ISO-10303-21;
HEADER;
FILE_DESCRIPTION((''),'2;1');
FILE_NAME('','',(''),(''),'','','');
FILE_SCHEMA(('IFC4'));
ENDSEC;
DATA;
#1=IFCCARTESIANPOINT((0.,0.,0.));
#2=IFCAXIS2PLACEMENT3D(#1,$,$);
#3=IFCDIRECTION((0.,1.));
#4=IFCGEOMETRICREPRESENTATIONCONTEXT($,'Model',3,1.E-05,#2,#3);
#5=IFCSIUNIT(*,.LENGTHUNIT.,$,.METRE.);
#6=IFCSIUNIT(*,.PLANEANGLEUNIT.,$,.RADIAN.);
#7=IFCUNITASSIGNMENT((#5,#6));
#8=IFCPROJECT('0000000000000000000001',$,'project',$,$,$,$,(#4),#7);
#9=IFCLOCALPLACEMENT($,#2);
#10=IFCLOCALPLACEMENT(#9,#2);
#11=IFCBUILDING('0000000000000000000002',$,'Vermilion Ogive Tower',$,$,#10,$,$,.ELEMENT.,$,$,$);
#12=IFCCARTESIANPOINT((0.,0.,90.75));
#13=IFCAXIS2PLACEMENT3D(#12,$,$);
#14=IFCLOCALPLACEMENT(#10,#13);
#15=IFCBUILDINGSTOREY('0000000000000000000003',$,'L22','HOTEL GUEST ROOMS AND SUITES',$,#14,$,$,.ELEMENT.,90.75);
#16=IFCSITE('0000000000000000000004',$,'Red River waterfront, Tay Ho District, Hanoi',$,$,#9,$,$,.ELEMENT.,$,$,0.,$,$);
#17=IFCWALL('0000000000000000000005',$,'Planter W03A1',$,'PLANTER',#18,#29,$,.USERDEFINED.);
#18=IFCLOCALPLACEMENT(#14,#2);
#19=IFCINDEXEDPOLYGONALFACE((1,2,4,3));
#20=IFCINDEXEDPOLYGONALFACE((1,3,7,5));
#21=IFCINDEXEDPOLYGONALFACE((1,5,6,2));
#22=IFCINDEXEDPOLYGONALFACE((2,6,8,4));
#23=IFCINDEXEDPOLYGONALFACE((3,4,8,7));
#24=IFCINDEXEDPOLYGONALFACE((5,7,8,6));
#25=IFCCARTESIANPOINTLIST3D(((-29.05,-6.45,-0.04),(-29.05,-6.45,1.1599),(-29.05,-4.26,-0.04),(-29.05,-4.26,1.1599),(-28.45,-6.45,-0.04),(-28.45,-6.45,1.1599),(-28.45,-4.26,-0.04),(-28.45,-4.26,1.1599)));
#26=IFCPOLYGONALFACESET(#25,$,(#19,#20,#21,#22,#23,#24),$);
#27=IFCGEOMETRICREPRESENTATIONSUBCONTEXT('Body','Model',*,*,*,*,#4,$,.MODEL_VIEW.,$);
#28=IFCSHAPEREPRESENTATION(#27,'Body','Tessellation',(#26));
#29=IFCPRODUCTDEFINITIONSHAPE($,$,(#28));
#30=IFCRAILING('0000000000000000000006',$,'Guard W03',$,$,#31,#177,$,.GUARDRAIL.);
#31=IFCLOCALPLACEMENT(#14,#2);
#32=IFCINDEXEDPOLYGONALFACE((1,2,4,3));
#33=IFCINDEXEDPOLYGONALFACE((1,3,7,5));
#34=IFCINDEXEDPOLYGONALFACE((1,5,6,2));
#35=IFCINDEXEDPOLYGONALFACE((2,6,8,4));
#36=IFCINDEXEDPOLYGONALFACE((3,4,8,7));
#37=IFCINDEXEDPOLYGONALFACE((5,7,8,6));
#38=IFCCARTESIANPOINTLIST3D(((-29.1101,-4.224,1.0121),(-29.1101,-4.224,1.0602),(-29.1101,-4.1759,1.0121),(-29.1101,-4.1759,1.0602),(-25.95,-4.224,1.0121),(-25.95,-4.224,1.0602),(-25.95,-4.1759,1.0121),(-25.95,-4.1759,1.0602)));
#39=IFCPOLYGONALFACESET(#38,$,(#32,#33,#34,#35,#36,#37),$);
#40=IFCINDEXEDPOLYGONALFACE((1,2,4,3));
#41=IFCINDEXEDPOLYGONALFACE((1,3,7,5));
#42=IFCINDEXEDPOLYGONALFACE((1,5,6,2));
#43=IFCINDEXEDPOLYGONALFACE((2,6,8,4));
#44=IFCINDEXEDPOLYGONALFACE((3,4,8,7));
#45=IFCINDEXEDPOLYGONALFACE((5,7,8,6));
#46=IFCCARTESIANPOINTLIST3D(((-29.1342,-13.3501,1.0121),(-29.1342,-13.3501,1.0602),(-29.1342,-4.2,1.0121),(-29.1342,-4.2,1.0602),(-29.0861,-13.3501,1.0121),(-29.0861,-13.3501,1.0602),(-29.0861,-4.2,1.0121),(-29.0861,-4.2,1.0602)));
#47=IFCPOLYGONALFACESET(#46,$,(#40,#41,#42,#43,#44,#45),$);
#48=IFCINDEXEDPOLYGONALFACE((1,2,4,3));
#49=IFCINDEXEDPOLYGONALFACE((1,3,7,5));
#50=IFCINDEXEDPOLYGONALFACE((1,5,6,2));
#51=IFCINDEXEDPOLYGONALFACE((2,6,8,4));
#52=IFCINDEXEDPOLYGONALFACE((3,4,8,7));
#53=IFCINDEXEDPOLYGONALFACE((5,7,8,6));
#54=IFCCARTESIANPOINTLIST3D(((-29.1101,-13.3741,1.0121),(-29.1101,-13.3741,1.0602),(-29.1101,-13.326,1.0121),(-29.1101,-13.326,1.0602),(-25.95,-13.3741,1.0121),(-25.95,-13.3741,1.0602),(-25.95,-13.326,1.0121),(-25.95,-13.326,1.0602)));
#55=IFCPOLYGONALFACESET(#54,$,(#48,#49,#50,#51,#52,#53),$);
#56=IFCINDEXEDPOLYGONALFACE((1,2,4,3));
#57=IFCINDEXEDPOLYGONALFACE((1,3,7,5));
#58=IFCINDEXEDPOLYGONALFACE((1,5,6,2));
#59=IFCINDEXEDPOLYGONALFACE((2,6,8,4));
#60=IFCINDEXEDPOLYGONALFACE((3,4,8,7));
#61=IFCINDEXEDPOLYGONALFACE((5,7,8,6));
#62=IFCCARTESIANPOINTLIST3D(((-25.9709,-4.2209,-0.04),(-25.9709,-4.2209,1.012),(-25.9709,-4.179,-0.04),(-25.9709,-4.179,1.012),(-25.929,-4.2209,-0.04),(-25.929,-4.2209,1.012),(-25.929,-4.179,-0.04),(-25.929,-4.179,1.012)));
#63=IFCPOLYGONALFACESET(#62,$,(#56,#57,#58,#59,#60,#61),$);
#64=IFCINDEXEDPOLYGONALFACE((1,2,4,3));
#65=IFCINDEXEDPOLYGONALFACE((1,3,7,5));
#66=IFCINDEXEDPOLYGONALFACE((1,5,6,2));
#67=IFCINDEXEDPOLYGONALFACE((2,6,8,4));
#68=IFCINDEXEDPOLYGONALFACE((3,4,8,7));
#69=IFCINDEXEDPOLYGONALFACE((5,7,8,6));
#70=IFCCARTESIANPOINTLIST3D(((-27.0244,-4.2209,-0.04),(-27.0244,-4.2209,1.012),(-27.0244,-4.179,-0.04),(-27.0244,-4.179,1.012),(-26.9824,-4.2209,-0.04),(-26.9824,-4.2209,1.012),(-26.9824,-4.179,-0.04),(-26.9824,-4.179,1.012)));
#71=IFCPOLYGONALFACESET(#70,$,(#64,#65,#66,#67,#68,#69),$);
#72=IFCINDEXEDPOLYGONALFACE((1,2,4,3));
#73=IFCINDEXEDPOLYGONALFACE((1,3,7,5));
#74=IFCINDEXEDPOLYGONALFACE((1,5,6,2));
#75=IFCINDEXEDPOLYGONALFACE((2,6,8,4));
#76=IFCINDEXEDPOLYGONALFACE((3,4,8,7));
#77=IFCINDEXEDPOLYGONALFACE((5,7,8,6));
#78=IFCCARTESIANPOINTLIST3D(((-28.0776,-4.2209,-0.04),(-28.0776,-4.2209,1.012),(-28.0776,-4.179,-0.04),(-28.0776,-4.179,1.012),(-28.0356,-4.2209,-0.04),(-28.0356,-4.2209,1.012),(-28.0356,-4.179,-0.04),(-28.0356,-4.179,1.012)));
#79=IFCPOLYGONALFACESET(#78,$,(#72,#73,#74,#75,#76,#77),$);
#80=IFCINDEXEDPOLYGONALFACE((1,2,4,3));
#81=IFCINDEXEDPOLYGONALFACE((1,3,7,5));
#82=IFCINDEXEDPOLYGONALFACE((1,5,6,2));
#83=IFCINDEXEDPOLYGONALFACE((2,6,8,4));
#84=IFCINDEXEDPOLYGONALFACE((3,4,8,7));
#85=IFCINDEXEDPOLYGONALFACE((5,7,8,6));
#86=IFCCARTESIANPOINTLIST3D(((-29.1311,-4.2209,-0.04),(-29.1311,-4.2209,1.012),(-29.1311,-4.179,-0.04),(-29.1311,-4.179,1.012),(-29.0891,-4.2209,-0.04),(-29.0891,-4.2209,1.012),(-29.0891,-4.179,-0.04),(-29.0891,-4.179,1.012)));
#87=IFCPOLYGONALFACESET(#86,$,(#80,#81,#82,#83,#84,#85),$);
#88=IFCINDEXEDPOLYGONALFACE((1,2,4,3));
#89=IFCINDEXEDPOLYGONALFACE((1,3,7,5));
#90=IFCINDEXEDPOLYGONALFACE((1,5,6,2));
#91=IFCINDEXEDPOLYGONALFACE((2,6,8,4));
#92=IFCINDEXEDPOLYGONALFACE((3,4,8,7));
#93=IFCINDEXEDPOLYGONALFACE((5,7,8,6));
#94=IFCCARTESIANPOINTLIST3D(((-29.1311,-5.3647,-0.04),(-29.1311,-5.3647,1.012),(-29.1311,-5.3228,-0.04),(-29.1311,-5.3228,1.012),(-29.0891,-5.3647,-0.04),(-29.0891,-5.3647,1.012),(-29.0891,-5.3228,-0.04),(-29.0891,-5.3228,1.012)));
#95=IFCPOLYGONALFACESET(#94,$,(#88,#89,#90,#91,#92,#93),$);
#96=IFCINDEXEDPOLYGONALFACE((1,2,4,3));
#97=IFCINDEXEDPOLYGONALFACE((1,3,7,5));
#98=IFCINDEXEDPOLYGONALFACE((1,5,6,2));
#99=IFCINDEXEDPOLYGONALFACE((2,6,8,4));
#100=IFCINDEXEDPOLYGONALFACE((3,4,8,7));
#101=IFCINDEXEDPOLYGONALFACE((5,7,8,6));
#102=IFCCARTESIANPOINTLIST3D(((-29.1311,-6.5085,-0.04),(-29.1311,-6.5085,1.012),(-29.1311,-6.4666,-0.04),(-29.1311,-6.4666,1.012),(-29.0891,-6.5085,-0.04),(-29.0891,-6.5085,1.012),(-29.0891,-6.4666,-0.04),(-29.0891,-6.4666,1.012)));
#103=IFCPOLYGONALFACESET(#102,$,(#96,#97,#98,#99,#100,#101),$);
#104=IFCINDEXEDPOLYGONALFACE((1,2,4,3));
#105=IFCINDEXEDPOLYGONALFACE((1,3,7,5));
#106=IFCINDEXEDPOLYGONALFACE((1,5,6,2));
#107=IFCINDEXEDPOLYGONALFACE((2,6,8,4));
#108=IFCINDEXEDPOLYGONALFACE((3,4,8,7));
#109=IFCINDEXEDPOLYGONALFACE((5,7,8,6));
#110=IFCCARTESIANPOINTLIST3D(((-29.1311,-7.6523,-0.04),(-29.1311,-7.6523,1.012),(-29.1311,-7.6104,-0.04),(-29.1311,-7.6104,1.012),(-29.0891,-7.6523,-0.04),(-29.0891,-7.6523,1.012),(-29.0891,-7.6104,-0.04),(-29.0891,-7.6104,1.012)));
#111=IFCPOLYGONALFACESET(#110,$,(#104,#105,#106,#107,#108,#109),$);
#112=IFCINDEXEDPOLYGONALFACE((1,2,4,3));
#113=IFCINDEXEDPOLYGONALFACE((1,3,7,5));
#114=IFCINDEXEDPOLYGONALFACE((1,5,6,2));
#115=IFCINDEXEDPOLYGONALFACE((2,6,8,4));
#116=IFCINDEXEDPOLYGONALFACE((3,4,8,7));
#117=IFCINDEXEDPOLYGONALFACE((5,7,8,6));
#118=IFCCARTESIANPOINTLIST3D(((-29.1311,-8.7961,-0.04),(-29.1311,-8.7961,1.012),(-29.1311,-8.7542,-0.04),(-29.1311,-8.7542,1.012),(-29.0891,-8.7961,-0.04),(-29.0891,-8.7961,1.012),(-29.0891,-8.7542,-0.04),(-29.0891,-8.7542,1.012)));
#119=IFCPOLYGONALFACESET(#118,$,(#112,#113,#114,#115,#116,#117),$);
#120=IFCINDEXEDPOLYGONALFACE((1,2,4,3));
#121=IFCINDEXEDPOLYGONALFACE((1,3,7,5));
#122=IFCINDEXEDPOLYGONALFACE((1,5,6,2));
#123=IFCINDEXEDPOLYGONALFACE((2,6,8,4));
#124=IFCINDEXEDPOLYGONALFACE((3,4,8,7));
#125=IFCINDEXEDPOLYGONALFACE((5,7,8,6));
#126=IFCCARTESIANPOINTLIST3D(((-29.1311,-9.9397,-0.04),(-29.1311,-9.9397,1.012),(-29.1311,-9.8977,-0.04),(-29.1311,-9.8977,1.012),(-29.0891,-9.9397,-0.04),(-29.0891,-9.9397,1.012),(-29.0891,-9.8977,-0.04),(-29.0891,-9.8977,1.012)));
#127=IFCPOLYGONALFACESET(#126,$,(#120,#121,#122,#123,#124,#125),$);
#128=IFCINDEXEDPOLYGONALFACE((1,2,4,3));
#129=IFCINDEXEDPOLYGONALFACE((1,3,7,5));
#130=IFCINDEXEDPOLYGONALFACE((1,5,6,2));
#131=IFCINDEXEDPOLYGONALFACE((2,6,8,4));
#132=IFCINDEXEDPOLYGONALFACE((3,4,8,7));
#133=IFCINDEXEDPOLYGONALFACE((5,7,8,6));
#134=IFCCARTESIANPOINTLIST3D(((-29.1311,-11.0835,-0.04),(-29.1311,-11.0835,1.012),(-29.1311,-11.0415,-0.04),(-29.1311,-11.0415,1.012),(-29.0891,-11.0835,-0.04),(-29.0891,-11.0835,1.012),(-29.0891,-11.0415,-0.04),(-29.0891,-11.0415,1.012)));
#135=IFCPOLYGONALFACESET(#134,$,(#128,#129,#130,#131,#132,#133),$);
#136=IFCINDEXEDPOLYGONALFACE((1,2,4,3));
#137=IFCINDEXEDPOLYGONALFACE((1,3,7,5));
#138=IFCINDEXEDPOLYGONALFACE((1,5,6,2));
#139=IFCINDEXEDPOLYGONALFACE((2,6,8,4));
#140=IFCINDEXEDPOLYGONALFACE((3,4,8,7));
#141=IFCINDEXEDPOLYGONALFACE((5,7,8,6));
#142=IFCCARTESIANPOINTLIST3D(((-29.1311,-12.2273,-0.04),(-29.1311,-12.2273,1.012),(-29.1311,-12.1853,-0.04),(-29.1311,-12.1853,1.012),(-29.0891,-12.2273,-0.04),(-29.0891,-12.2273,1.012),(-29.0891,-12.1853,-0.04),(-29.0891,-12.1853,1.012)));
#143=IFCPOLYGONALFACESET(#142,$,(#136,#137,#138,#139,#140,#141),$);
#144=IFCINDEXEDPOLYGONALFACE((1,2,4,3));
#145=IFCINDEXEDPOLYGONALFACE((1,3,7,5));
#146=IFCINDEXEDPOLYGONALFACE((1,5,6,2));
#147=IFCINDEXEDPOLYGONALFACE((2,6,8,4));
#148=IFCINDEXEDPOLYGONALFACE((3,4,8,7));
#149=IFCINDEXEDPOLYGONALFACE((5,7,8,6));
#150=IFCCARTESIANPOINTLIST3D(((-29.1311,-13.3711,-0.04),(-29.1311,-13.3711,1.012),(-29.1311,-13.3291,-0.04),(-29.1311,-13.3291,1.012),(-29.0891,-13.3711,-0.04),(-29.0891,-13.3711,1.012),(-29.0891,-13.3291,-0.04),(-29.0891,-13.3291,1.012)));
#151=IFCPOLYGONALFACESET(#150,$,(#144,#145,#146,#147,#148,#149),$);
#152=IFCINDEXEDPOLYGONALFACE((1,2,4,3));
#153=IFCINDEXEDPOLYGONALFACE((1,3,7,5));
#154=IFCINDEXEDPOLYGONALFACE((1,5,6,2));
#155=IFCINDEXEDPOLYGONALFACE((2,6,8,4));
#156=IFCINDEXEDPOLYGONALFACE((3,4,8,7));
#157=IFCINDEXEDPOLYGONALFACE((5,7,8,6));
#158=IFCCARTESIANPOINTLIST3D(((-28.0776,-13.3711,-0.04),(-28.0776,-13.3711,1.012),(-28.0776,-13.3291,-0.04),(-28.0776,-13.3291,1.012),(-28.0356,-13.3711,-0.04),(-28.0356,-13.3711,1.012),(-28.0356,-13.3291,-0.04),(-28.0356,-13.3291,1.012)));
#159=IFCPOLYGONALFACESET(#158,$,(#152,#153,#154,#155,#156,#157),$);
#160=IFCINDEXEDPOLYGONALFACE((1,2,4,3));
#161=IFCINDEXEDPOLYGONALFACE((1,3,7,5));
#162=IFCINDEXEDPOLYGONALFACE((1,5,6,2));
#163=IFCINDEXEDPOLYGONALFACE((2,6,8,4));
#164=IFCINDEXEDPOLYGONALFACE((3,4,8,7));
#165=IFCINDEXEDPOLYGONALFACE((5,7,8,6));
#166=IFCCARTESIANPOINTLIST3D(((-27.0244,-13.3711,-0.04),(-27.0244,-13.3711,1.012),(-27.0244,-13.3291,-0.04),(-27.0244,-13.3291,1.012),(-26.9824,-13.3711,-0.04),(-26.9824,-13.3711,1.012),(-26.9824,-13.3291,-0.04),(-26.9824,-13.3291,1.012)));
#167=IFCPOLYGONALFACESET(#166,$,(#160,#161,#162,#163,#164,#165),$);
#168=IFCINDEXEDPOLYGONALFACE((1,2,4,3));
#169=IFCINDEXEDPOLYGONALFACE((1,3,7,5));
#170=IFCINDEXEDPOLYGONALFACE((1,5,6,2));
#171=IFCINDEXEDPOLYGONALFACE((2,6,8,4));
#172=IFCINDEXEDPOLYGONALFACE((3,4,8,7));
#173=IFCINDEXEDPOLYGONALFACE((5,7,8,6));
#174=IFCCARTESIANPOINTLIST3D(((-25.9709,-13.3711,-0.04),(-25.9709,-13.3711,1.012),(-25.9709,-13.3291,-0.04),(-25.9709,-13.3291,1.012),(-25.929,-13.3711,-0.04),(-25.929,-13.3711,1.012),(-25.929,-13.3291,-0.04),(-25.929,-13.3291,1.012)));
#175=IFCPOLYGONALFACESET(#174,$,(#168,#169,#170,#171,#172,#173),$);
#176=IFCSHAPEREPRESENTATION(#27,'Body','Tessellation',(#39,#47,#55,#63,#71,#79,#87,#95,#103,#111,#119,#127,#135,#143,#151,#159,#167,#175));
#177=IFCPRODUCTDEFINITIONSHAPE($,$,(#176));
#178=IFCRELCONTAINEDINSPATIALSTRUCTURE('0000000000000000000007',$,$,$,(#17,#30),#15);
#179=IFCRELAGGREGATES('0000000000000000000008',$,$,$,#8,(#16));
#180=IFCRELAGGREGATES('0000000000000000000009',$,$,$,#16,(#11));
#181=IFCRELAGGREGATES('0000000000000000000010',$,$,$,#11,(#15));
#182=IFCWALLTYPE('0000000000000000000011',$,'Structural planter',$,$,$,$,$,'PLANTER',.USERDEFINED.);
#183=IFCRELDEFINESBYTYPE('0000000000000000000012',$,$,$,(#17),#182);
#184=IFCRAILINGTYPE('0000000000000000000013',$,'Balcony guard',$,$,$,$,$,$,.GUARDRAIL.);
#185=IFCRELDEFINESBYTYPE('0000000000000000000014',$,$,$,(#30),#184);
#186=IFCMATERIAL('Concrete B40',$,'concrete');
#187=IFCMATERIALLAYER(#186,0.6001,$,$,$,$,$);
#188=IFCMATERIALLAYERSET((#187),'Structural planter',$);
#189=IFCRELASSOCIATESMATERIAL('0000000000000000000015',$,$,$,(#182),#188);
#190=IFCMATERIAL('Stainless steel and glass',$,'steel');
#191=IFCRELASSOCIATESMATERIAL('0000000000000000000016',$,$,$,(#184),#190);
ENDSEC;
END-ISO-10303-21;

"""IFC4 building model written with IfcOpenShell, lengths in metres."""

from ifc_helpers import new_model, si_unit, direction, frame, frame_2d, origin, origin_2d, place, context, subcontext, project, spatial, rectangle, extrude, material, layer, layer_set, type_object, element, save


model = new_model("IFC4")

# Units and contexts
model_context = context("Model", 3, precision=1e-05, world=origin(), true_north=direction((0.0, 1.0)))
body_context = subcontext(model_context, "Body", "Model", "MODEL_VIEW")
ifc_project = project(units=[si_unit("LENGTHUNIT", "METRE"), si_unit("PLANEANGLEUNIT", "RADIAN")], contexts=[model_context])

# Site, building, storey
site_placement = place(None, origin())
site = spatial("IfcSite", under=ifc_project, at=site_placement, Name="Red River waterfront, Tay Ho District, Hanoi", CompositionType="ELEMENT", RefElevation=0.0)
building_placement = place(site_placement, origin())
building = spatial("IfcBuilding", under=site, at=building_placement, Name="Vermilion Ogive Tower", CompositionType="ELEMENT")
storey_placement = place(building_placement, frame((0.0, 0.0, 90.75)))
storey = spatial("IfcBuildingStorey", under=building, at=storey_placement, Name="L22", Description="HOTEL GUEST ROOMS AND SUITES", CompositionType="ELEMENT", Elevation=90.75)

# Wall
ifc_material_1 = material(Name="Concrete B40", Category="concrete")
ifc_layer_1 = layer(ifc_material_1, 0.6001)
ifc_layer_set_1 = layer_set([ifc_layer_1], Name="Structural planter")
wall_type_1 = type_object("IfcWallType", Name="Structural planter", ElementType="PLANTER", PredefinedType="USERDEFINED", material=ifc_layer_set_1)
wall_1_placement = place(storey_placement, frame((-28.75, -4.26, -0.04), z_axis=(0.0, 0.0, 1.0), x_axis=(0.0, -1.0, 0.0)))
element("IfcWall", 1, at=wall_1_placement, inside=storey, type_object=wall_type_1, Name="Planter W03A1", ObjectType="PLANTER", PredefinedType="USERDEFINED", context=body_context, shape_type="SweptSolid", body=[
    extrude(rectangle(XDim=2.1899, YDim=0.6001, at=frame_2d((1.095, 0.0))), origin(), (0.0, 0.0, 1.0), 1.2),
])

# Railing
ifc_material_2 = material(Name="Stainless steel and glass", Category="steel")
railing_type = type_object("IfcRailingType", Name="Balcony guard", PredefinedType="GUARDRAIL", material=ifc_material_2)
railing_placement = place(storey_placement, frame((-25.95, -4.2, -0.04)))
element("IfcRailing", 2, at=railing_placement, inside=storey, type_object=railing_type, Name="Guard W03", PredefinedType="GUARDRAIL", context=body_context, shape_type="SweptSolid", body=[
    extrude(rectangle(XDim=0.0481, YDim=0.0481, at=origin_2d()), frame((0.0, 0.0, 1.0762), z_axis=(-1.0, 0.0, 0.0), x_axis=(0.0, -1.0, 0.0)), (0.0, 0.0, 1.0), 3.1602),
    extrude(rectangle(XDim=0.0481, YDim=0.0481, at=origin_2d()), frame((-3.1602, 0.0, 1.0762), z_axis=(0.0, -1.0, 0.0), x_axis=(1.0, 0.0, 0.0)), (0.0, 0.0, 1.0), 9.1501),
    extrude(rectangle(XDim=0.0481, YDim=0.0481, at=origin_2d()), frame((-3.1602, -9.1501, 1.0762), z_axis=(1.0, 0.0, 0.0), x_axis=(0.0, 1.0, 0.0)), (0.0, 0.0, 1.0), 3.1602),
    extrude(rectangle(XDim=0.042, YDim=0.042, at=origin_2d()), origin(), (0.0, 0.0, 1.0), 1.052),
    extrude(rectangle(XDim=0.042, YDim=0.042, at=origin_2d()), frame((-1.0535, 0.0, 0.0)), (0.0, 0.0, 1.0), 1.052),
    extrude(rectangle(XDim=0.042, YDim=0.042, at=origin_2d()), frame((-2.1067, 0.0, 0.0)), (0.0, 0.0, 1.0), 1.052),
    extrude(rectangle(XDim=0.042, YDim=0.042, at=origin_2d()), frame((-3.1602, 0.0, 0.0)), (0.0, 0.0, 1.0), 1.052),
    extrude(rectangle(XDim=0.042, YDim=0.042, at=origin_2d()), frame((-3.1602, -1.1438, 0.0)), (0.0, 0.0, 1.0), 1.052),
    extrude(rectangle(XDim=0.042, YDim=0.042, at=origin_2d()), frame((-3.1602, -2.2876, 0.0)), (0.0, 0.0, 1.0), 1.052),
    extrude(rectangle(XDim=0.042, YDim=0.042, at=origin_2d()), frame((-3.1602, -3.4314, 0.0)), (0.0, 0.0, 1.0), 1.052),
    extrude(rectangle(XDim=0.042, YDim=0.042, at=origin_2d()), frame((-3.1602, -4.5752, 0.0)), (0.0, 0.0, 1.0), 1.052),
    extrude(rectangle(XDim=0.042, YDim=0.042, at=origin_2d()), frame((-3.1602, -5.7188, 0.0)), (0.0, 0.0, 1.0), 1.052),
    extrude(rectangle(XDim=0.042, YDim=0.042, at=origin_2d()), frame((-3.1602, -6.8625, 0.0)), (0.0, 0.0, 1.0), 1.052),
    extrude(rectangle(XDim=0.042, YDim=0.042, at=origin_2d()), frame((-3.1602, -8.0063, 0.0)), (0.0, 0.0, 1.0), 1.052),
    extrude(rectangle(XDim=0.042, YDim=0.042, at=origin_2d()), frame((-3.1602, -9.1501, 0.0)), (0.0, 0.0, 1.0), 1.052),
    extrude(rectangle(XDim=0.042, YDim=0.042, at=origin_2d()), frame((-2.1067, -9.1501, 0.0)), (0.0, 0.0, 1.0), 1.052),
    extrude(rectangle(XDim=0.042, YDim=0.042, at=origin_2d()), frame((-1.0535, -9.1501, 0.0)), (0.0, 0.0, 1.0), 1.052),
    extrude(rectangle(XDim=0.042, YDim=0.042, at=origin_2d()), frame((0.0, -9.1501, 0.0)), (0.0, 0.0, 1.0), 1.052),
])

save(model, "model.ifc")
